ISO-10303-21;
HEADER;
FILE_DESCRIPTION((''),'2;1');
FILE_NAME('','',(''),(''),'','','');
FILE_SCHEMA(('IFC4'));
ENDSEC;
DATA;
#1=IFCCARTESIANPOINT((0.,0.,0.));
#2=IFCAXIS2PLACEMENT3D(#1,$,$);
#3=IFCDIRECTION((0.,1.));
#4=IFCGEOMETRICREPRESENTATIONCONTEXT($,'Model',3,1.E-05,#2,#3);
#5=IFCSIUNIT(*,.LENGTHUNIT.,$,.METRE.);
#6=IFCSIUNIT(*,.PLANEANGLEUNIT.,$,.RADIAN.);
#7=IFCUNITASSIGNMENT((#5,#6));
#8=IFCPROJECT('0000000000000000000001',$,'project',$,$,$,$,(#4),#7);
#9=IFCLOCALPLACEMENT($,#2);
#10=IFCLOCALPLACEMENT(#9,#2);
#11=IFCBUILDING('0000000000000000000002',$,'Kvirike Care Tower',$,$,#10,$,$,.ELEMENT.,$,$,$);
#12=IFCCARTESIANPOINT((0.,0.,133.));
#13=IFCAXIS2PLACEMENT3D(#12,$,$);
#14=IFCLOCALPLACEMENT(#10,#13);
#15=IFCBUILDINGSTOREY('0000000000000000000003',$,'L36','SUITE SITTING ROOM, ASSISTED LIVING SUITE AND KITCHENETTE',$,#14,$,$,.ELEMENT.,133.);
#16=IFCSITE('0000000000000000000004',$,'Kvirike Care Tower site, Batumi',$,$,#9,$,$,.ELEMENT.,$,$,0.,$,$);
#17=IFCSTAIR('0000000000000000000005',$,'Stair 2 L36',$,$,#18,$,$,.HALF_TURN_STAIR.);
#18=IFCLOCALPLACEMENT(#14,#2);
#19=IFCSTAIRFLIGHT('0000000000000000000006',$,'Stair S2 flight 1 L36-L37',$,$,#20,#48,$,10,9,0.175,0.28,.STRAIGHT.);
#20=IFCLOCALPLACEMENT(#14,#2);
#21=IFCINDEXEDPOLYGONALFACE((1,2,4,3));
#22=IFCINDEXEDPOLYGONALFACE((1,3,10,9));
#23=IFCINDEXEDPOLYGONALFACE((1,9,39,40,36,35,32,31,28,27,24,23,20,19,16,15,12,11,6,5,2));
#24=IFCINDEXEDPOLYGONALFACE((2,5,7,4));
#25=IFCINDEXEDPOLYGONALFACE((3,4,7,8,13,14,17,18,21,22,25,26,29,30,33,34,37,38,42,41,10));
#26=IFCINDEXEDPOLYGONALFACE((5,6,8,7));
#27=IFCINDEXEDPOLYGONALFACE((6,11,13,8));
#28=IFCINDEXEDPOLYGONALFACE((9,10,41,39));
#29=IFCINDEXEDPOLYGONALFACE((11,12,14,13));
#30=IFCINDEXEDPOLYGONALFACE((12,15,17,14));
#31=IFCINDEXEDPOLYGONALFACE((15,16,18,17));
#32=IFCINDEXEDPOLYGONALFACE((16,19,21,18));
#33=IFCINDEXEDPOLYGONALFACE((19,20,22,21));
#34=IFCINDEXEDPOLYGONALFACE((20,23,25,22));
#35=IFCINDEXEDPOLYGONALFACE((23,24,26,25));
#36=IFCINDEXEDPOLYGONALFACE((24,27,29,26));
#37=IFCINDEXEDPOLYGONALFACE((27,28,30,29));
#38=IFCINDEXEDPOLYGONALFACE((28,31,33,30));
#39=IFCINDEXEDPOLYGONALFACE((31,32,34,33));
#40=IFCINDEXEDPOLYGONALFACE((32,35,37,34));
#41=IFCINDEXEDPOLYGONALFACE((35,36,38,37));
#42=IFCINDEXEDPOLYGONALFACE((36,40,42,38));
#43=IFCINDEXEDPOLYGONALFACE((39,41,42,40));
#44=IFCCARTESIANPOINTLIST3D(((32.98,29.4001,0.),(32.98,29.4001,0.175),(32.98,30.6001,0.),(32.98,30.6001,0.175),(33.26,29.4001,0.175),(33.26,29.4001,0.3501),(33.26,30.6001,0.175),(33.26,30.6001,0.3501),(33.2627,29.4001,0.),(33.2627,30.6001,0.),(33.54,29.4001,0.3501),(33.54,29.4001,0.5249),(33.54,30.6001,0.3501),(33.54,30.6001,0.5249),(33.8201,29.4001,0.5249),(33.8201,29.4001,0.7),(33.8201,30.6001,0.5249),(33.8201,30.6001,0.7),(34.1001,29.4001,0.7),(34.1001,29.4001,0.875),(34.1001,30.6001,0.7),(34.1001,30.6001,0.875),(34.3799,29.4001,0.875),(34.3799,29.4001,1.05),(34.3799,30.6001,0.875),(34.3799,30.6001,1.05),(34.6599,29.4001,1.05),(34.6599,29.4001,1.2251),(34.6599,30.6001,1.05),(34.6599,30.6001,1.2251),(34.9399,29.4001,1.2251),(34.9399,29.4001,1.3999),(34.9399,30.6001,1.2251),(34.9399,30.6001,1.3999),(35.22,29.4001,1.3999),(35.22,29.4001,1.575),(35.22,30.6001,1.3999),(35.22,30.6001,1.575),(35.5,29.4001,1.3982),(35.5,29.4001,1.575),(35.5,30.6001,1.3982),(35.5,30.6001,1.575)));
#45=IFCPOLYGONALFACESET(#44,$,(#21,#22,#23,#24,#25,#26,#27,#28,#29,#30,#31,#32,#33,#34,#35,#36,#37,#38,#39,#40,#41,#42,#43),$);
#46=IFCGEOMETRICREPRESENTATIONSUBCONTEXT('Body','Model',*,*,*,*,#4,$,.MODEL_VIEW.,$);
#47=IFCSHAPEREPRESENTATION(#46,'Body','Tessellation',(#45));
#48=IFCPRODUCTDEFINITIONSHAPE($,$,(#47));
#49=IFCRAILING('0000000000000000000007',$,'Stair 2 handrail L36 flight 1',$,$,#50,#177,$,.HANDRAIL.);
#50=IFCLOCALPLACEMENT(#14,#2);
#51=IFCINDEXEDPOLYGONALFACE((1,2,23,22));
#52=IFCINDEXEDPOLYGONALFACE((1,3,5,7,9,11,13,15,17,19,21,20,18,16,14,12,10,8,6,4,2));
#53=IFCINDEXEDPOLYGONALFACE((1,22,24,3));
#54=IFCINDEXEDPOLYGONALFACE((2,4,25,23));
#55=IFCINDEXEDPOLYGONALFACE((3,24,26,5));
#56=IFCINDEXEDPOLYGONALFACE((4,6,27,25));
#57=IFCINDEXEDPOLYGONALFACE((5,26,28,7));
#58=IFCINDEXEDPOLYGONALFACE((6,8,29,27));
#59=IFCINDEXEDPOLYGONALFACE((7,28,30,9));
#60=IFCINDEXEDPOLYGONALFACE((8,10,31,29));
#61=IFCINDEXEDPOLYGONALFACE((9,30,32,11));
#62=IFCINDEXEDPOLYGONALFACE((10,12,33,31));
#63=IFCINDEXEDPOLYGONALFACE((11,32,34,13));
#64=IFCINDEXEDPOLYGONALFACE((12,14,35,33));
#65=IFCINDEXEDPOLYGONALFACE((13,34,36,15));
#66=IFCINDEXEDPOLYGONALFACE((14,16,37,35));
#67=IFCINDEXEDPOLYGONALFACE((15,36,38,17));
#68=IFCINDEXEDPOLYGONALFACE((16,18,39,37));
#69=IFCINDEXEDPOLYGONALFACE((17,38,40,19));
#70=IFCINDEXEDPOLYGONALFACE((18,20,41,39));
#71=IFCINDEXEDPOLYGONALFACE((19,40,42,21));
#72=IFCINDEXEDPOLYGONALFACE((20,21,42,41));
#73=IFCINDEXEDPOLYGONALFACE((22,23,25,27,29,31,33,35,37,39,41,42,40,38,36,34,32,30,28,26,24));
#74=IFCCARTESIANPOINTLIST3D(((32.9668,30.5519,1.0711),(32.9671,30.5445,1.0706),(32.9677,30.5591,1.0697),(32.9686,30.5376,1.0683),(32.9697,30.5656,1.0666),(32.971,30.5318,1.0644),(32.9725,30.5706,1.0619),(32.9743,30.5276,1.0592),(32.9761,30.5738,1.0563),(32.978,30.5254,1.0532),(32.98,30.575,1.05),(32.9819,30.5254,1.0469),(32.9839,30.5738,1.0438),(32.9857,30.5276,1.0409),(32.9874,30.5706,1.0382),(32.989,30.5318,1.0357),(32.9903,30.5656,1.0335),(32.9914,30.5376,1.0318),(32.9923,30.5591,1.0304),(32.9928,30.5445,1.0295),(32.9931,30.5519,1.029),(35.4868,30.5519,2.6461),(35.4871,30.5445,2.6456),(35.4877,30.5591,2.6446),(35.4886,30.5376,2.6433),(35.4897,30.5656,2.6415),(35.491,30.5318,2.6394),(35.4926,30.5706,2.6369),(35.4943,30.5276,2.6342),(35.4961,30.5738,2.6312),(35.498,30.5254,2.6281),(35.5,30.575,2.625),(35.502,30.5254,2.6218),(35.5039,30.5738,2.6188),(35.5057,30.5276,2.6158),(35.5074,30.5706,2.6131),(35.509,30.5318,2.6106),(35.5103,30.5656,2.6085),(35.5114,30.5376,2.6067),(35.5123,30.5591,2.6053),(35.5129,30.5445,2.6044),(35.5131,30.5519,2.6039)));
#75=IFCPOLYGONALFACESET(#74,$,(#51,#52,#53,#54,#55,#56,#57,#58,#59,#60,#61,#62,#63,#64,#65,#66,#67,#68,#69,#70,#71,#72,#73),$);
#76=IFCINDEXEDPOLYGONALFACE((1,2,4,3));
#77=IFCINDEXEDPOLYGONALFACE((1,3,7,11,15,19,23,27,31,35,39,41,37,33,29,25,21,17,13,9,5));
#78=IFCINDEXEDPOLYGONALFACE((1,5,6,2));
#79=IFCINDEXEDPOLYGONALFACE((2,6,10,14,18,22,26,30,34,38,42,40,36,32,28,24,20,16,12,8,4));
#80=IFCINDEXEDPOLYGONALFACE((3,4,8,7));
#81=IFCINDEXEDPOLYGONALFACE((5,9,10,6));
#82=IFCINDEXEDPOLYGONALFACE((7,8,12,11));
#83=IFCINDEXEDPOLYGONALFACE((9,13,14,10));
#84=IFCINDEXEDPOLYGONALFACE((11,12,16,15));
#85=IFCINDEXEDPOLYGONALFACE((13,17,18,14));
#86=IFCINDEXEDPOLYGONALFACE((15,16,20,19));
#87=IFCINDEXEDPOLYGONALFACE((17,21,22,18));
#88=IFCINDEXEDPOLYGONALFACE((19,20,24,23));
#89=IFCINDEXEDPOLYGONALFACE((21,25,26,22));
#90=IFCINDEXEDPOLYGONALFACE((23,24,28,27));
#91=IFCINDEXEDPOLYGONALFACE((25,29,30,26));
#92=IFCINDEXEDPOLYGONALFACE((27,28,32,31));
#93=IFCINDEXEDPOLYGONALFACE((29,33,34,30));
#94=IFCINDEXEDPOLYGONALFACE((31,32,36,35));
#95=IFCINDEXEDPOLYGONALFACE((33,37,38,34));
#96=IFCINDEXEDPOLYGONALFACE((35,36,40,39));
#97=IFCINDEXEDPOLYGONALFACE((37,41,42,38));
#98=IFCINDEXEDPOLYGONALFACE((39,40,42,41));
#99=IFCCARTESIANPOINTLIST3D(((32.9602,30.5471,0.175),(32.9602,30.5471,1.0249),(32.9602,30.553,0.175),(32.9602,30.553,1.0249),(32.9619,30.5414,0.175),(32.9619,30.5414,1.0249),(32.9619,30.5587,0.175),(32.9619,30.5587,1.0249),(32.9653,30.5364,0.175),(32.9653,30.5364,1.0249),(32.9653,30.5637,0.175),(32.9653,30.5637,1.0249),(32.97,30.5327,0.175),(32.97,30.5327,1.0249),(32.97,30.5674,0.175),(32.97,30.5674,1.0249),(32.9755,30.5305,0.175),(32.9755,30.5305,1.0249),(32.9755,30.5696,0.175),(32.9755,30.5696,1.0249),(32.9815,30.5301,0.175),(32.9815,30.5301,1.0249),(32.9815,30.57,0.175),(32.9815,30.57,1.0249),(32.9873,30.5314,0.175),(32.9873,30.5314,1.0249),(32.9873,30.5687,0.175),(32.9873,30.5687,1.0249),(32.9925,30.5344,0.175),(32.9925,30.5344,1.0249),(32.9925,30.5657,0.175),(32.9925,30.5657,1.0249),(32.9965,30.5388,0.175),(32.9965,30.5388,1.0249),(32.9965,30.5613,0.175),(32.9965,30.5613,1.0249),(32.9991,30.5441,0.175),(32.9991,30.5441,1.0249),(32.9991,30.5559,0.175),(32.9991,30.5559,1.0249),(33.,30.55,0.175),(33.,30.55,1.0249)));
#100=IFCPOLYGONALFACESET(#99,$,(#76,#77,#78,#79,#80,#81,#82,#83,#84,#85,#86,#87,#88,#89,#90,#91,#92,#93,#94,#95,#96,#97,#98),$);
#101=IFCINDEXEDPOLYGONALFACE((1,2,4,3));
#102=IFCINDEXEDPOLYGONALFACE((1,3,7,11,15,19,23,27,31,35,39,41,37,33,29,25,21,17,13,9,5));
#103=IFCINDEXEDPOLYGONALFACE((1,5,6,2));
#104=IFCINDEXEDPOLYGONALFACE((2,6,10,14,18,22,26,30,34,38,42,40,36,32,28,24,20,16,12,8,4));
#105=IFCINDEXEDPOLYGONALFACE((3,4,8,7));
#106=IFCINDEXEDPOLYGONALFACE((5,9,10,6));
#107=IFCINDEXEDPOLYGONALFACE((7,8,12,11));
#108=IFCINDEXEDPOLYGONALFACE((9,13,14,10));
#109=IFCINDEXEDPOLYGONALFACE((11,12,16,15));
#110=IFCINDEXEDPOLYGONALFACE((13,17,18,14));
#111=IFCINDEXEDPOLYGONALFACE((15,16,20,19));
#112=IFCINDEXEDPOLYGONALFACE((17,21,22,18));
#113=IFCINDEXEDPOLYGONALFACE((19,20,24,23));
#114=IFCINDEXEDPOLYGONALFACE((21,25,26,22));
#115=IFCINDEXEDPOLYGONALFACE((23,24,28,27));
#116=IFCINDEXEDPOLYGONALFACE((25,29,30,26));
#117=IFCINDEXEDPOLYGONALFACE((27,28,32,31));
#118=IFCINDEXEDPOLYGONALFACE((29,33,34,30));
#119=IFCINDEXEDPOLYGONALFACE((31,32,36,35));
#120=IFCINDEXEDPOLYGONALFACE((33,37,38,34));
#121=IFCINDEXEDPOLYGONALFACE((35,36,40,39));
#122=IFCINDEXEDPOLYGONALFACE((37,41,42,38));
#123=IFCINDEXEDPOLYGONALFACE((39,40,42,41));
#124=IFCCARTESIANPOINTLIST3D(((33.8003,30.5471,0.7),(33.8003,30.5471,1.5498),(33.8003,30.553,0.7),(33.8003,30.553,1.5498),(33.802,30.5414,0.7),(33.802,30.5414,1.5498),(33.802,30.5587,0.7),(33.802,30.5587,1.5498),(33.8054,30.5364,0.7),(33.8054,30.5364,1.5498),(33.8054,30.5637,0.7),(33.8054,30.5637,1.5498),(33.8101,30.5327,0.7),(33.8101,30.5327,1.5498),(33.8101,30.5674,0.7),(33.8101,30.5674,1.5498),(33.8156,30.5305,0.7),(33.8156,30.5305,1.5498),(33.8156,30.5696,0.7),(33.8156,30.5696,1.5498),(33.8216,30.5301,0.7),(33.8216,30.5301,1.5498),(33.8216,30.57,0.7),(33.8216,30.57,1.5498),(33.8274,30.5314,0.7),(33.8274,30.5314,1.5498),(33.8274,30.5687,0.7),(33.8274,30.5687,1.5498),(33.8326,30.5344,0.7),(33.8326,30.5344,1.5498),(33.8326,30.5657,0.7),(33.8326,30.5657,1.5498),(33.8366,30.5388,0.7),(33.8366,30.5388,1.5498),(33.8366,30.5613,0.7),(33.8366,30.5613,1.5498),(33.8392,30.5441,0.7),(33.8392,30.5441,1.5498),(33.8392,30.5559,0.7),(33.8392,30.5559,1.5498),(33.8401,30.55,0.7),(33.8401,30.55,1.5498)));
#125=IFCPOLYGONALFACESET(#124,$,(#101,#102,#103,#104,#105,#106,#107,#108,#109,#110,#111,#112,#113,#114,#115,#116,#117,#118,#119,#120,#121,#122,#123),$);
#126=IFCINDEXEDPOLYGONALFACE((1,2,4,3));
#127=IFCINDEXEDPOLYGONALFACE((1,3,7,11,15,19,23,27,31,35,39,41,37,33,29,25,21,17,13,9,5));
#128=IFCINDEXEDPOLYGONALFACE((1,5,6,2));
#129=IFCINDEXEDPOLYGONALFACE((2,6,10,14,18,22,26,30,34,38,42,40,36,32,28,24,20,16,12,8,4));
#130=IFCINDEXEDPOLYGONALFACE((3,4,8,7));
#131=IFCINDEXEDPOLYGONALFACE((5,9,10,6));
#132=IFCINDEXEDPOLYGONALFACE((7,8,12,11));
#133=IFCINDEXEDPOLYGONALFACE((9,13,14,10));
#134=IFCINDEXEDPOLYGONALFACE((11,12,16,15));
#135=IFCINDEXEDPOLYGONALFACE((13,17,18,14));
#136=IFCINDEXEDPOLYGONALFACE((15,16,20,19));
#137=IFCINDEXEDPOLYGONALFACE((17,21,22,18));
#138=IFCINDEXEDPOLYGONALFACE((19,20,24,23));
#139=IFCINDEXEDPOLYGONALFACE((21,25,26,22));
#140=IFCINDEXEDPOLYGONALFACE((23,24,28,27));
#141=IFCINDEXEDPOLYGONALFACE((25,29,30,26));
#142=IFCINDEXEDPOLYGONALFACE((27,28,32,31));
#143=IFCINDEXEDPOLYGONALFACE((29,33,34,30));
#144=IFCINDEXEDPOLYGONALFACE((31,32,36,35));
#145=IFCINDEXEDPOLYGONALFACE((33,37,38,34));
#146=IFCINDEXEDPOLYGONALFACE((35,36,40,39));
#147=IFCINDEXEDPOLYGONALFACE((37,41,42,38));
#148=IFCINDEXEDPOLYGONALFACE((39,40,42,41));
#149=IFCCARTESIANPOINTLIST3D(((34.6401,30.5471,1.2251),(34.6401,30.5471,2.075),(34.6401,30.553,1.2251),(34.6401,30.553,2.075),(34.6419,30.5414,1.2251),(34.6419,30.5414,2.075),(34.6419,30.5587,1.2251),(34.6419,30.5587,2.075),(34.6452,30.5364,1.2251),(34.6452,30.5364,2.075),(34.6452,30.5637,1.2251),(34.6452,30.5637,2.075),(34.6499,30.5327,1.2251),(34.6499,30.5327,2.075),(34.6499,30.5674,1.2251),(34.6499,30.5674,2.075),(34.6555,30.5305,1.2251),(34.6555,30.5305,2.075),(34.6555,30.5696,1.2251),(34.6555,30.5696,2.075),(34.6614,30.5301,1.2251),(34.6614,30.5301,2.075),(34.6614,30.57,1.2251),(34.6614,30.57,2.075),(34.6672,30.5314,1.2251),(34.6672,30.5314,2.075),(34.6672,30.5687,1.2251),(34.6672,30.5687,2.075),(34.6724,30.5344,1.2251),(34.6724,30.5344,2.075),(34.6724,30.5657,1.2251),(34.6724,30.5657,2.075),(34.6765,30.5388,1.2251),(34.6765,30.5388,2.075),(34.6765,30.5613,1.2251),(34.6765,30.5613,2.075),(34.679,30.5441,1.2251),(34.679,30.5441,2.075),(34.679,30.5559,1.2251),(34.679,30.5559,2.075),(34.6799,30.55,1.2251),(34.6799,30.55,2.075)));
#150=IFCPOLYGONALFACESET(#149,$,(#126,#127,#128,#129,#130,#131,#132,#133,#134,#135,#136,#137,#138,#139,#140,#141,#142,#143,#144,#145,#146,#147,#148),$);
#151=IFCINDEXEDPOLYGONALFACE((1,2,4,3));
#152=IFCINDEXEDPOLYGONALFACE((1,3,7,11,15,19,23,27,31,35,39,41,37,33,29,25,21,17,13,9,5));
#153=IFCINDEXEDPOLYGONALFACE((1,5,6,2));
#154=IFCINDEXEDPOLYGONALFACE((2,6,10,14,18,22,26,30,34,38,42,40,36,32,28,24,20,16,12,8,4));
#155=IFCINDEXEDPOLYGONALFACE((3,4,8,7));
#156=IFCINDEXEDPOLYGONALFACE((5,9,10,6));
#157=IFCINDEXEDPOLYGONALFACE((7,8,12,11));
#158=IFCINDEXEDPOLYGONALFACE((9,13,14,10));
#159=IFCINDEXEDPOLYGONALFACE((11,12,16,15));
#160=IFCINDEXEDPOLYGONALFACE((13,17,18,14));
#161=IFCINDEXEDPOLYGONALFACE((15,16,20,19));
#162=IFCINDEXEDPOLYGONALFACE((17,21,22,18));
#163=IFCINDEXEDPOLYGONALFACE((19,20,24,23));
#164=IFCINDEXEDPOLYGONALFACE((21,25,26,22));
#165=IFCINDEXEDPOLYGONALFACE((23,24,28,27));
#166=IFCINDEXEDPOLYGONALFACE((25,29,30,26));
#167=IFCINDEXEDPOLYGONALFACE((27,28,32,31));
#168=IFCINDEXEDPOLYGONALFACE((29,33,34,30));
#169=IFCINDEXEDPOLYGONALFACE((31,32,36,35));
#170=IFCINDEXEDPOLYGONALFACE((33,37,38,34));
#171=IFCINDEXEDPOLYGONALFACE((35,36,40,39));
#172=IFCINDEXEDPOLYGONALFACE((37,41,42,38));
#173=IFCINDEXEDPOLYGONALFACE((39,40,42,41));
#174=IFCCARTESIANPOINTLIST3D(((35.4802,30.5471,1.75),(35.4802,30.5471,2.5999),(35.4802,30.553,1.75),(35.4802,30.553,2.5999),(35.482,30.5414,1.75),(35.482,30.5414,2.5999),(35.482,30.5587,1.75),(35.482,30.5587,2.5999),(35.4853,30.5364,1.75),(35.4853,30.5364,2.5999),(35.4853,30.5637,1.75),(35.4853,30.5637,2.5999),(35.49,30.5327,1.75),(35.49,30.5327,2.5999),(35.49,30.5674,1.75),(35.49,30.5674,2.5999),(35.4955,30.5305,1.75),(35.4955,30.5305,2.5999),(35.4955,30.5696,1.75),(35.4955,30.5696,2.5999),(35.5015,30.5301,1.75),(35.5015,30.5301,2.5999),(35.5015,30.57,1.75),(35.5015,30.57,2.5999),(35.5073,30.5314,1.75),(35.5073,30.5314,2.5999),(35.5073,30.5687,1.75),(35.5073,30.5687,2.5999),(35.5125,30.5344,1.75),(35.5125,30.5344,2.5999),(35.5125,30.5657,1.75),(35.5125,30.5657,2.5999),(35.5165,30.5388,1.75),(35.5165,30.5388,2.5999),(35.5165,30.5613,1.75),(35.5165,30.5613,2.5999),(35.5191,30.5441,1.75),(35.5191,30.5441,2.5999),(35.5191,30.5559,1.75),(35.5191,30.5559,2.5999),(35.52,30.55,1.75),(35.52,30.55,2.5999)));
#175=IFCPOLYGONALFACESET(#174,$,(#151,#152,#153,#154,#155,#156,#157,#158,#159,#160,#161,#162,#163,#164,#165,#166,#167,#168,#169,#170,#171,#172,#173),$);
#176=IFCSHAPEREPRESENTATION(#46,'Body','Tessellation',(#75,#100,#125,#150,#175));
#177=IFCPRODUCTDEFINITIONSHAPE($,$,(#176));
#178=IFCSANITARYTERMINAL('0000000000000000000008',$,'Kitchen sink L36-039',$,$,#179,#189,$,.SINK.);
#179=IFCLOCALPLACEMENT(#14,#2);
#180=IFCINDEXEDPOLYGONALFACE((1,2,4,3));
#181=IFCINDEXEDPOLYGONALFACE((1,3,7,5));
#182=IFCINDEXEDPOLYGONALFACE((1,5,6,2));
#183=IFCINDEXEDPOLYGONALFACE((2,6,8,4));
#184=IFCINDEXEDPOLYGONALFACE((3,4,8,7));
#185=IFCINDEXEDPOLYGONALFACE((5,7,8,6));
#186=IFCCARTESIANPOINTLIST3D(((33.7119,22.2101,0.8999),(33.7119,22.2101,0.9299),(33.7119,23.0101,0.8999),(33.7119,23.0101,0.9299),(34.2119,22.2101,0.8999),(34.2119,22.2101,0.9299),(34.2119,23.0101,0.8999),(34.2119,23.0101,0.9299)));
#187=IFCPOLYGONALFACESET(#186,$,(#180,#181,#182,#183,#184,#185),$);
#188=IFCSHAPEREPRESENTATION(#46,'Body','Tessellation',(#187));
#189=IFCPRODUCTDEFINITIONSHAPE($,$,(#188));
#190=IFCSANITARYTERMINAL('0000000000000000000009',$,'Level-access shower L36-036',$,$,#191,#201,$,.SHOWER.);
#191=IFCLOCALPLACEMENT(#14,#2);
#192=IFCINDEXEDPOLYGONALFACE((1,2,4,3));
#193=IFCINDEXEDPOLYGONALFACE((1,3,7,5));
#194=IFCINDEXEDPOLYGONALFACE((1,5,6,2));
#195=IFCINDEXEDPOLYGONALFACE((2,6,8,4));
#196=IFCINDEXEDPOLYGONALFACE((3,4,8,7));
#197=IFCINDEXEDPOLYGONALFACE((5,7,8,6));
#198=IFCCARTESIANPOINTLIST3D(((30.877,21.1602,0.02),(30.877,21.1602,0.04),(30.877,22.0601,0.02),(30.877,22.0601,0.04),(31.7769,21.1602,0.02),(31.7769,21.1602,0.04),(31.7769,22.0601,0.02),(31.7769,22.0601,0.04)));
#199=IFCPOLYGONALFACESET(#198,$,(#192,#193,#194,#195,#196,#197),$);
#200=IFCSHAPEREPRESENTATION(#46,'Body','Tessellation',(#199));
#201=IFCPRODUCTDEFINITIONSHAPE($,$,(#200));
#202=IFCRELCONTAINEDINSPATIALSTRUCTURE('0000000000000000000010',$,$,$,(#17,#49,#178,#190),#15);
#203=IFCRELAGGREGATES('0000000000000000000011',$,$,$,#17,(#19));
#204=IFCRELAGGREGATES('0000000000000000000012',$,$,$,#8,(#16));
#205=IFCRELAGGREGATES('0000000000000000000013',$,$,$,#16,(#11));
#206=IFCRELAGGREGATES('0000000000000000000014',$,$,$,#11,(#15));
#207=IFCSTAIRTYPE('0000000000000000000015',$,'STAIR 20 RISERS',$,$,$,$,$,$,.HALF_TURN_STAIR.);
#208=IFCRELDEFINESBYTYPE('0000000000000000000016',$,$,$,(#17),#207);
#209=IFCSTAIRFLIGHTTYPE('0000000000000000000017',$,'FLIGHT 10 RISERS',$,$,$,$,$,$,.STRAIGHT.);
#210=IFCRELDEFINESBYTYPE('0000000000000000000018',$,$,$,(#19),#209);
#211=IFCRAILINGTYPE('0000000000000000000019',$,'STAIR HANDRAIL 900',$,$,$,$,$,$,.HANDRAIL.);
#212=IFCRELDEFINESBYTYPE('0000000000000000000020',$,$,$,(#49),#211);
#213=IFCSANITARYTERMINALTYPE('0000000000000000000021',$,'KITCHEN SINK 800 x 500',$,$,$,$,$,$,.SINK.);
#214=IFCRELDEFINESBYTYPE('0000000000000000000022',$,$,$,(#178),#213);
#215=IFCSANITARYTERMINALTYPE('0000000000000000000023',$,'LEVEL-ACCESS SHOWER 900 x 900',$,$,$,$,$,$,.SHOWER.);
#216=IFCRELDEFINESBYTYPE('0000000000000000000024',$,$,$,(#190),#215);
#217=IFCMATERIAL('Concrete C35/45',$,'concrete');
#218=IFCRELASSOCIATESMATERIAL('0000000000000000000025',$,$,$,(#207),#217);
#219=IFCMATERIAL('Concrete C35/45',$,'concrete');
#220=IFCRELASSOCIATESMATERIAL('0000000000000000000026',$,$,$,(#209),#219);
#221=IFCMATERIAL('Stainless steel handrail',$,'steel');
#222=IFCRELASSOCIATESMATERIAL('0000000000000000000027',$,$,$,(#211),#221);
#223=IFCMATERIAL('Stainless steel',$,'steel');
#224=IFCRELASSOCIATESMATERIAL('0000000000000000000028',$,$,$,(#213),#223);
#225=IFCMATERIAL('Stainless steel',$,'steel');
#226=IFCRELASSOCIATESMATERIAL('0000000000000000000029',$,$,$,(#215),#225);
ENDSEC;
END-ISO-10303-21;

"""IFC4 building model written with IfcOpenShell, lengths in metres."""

from ifc_helpers import new_model, si_unit, direction, frame, origin, origin_2d, place, context, subcontext, project, spatial, polyline, rectangle, circle, outline, extrude, material, type_object, element, aggregate, save


model = new_model("IFC4")

# Units and contexts
model_context = context("Model", 3, precision=1e-05, world=origin(), true_north=direction((0.0, 1.0)))
body_context = subcontext(model_context, "Body", "Model", "MODEL_VIEW")
ifc_project = project(units=[si_unit("LENGTHUNIT", "METRE"), si_unit("PLANEANGLEUNIT", "RADIAN")], contexts=[model_context])

# Site, building, storey
site_placement = place(None, origin())
site = spatial("IfcSite", under=ifc_project, at=site_placement, Name="Kvirike Care Tower site, Batumi", CompositionType="ELEMENT", RefElevation=0.0)
building_placement = place(site_placement, origin())
building = spatial("IfcBuilding", under=site, at=building_placement, Name="Kvirike Care Tower", CompositionType="ELEMENT")
storey_placement = place(building_placement, frame((0.0, 0.0, 133.0)))
storey = spatial("IfcBuildingStorey", under=building, at=storey_placement, Name="L36", Description="SUITE SITTING ROOM, ASSISTED LIVING SUITE AND KITCHENETTE", CompositionType="ELEMENT", Elevation=133.0)

# Stair, stair flight
ifc_material_1 = material(Name="Concrete C35/45", Category="concrete")
stair_type = type_object("IfcStairType", Name="STAIR 20 RISERS", PredefinedType="HALF_TURN_STAIR", material=ifc_material_1)
stair_placement = place(storey_placement, origin())
stair = element("IfcStair", 1, at=stair_placement, inside=storey, type_object=stair_type, Name="Stair 2 L36", PredefinedType="HALF_TURN_STAIR")
ifc_material_2 = material(Name="Concrete C35/45", Category="concrete")
stair_flight_type = type_object("IfcStairFlightType", Name="FLIGHT 10 RISERS", PredefinedType="STRAIGHT", material=ifc_material_2)
stair_flight_placement = place(storey_placement, frame((32.98, 30.0, 0.0), z_axis=(0.0, 0.0, 1.0), x_axis=(1.0, 0.0, 0.0)))
stair_flight = element("IfcStairFlight", 2, at=stair_flight_placement, type_object=stair_flight_type, Name="Stair S2 flight 1 L36-L37", NumberOfRisers=10, NumberOfTreads=9, PredefinedType="STRAIGHT", RiserHeight=0.175, TreadLength=0.28, context=body_context, shape_type="SweptSolid", body=[
    extrude(outline(polyline([(0.0, 0.0), (0.0, 0.175), (0.28, 0.175), (0.28, 0.3501), (0.5601, 0.3501), (0.5601, 0.5249), (0.8401, 0.5249), (0.8401, 0.7), (1.1201, 0.7), (1.1201, 0.875), (1.3999, 0.875), (1.3999, 1.05), (1.6799, 1.05), (1.6799, 1.2251), (1.96, 1.2251), (1.96, 1.3999), (2.24, 1.3999), (2.24, 1.575), (2.52, 1.575), (2.52, 1.75), (2.52, 1.3982), (0.2827, 0.0), (0.0, 0.0)])), frame((0.0, 0.6001, 0.0), z_axis=(0.0, -1.0, 0.0), x_axis=(1.0, 0.0, 0.0)), (0.0, 0.0, 1.0), 1.2),
])
aggregate(stair, [stair_flight])

# Railing
ifc_material_3 = material(Name="Stainless steel handrail", Category="steel")
railing_type = type_object("IfcRailingType", Name="STAIR HANDRAIL 900", PredefinedType="HANDRAIL", material=ifc_material_3)
railing_placement = place(storey_placement, frame((32.98, 30.55, 0.175)))
element("IfcRailing", 3, at=railing_placement, inside=storey, type_object=railing_type, Name="Stair 2 handrail L36 flight 1", PredefinedType="HANDRAIL", context=body_context, shape_type="SweptSolid", body=[
    extrude(circle(Radius=0.0249, at=origin_2d()), frame((0.0, 0.0, 0.875), z_axis=(0.848008, 0.0, 0.529984), x_axis=(0.0, 1.0, 0.0)), (0.0, 0.0, 1.0), 2.9717),
    extrude(circle(Radius=0.02, at=origin_2d()), origin(), (0.0, 0.0, 1.0), 0.8499),
    extrude(circle(Radius=0.02, at=origin_2d()), frame((0.8401, 0.0, 0.5249)), (0.0, 0.0, 1.0), 0.8499),
    extrude(circle(Radius=0.02, at=origin_2d()), frame((1.6799, 0.0, 1.05)), (0.0, 0.0, 1.0), 0.8499),
    extrude(circle(Radius=0.02, at=origin_2d()), frame((2.52, 0.0, 1.575)), (0.0, 0.0, 1.0), 0.8499),
])

# Sanitary terminals
ifc_material_4 = material(Name="Stainless steel", Category="steel")
sanitary_terminal_type_1 = type_object("IfcSanitaryTerminalType", Name="KITCHEN SINK 800 x 500", PredefinedType="SINK", material=ifc_material_4)
sanitary_terminal_1_placement = place(storey_placement, frame((33.9619, 22.6101, 0.8999), z_axis=(0.0, 0.0, 1.0), x_axis=(0.0, 1.0, 0.0)))
element("IfcSanitaryTerminal", 4, at=sanitary_terminal_1_placement, inside=storey, type_object=sanitary_terminal_type_1, Name="Kitchen sink L36-039", PredefinedType="SINK", context=body_context, shape_type="SweptSolid", body=[
    extrude(rectangle(XDim=0.8, YDim=0.5, at=origin_2d()), origin(), (0.0, 0.0, 1.0), 0.03),
])
ifc_material_5 = material(Name="Stainless steel", Category="steel")
sanitary_terminal_type_2 = type_object("IfcSanitaryTerminalType", Name="LEVEL-ACCESS SHOWER 900 x 900", PredefinedType="SHOWER", material=ifc_material_5)
sanitary_terminal_2_placement = place(storey_placement, frame((31.3269, 21.6101, 0.02), z_axis=(0.0, 0.0, 1.0), x_axis=(0.0, 1.0, 0.0)))
element("IfcSanitaryTerminal", 5, at=sanitary_terminal_2_placement, inside=storey, type_object=sanitary_terminal_type_2, Name="Level-access shower L36-036", PredefinedType="SHOWER", context=body_context, shape_type="SweptSolid", body=[
    extrude(rectangle(XDim=0.8999, YDim=0.8999, at=origin_2d()), origin(), (0.0, 0.0, 1.0), 0.02),
])

save(model, "model.ifc")
